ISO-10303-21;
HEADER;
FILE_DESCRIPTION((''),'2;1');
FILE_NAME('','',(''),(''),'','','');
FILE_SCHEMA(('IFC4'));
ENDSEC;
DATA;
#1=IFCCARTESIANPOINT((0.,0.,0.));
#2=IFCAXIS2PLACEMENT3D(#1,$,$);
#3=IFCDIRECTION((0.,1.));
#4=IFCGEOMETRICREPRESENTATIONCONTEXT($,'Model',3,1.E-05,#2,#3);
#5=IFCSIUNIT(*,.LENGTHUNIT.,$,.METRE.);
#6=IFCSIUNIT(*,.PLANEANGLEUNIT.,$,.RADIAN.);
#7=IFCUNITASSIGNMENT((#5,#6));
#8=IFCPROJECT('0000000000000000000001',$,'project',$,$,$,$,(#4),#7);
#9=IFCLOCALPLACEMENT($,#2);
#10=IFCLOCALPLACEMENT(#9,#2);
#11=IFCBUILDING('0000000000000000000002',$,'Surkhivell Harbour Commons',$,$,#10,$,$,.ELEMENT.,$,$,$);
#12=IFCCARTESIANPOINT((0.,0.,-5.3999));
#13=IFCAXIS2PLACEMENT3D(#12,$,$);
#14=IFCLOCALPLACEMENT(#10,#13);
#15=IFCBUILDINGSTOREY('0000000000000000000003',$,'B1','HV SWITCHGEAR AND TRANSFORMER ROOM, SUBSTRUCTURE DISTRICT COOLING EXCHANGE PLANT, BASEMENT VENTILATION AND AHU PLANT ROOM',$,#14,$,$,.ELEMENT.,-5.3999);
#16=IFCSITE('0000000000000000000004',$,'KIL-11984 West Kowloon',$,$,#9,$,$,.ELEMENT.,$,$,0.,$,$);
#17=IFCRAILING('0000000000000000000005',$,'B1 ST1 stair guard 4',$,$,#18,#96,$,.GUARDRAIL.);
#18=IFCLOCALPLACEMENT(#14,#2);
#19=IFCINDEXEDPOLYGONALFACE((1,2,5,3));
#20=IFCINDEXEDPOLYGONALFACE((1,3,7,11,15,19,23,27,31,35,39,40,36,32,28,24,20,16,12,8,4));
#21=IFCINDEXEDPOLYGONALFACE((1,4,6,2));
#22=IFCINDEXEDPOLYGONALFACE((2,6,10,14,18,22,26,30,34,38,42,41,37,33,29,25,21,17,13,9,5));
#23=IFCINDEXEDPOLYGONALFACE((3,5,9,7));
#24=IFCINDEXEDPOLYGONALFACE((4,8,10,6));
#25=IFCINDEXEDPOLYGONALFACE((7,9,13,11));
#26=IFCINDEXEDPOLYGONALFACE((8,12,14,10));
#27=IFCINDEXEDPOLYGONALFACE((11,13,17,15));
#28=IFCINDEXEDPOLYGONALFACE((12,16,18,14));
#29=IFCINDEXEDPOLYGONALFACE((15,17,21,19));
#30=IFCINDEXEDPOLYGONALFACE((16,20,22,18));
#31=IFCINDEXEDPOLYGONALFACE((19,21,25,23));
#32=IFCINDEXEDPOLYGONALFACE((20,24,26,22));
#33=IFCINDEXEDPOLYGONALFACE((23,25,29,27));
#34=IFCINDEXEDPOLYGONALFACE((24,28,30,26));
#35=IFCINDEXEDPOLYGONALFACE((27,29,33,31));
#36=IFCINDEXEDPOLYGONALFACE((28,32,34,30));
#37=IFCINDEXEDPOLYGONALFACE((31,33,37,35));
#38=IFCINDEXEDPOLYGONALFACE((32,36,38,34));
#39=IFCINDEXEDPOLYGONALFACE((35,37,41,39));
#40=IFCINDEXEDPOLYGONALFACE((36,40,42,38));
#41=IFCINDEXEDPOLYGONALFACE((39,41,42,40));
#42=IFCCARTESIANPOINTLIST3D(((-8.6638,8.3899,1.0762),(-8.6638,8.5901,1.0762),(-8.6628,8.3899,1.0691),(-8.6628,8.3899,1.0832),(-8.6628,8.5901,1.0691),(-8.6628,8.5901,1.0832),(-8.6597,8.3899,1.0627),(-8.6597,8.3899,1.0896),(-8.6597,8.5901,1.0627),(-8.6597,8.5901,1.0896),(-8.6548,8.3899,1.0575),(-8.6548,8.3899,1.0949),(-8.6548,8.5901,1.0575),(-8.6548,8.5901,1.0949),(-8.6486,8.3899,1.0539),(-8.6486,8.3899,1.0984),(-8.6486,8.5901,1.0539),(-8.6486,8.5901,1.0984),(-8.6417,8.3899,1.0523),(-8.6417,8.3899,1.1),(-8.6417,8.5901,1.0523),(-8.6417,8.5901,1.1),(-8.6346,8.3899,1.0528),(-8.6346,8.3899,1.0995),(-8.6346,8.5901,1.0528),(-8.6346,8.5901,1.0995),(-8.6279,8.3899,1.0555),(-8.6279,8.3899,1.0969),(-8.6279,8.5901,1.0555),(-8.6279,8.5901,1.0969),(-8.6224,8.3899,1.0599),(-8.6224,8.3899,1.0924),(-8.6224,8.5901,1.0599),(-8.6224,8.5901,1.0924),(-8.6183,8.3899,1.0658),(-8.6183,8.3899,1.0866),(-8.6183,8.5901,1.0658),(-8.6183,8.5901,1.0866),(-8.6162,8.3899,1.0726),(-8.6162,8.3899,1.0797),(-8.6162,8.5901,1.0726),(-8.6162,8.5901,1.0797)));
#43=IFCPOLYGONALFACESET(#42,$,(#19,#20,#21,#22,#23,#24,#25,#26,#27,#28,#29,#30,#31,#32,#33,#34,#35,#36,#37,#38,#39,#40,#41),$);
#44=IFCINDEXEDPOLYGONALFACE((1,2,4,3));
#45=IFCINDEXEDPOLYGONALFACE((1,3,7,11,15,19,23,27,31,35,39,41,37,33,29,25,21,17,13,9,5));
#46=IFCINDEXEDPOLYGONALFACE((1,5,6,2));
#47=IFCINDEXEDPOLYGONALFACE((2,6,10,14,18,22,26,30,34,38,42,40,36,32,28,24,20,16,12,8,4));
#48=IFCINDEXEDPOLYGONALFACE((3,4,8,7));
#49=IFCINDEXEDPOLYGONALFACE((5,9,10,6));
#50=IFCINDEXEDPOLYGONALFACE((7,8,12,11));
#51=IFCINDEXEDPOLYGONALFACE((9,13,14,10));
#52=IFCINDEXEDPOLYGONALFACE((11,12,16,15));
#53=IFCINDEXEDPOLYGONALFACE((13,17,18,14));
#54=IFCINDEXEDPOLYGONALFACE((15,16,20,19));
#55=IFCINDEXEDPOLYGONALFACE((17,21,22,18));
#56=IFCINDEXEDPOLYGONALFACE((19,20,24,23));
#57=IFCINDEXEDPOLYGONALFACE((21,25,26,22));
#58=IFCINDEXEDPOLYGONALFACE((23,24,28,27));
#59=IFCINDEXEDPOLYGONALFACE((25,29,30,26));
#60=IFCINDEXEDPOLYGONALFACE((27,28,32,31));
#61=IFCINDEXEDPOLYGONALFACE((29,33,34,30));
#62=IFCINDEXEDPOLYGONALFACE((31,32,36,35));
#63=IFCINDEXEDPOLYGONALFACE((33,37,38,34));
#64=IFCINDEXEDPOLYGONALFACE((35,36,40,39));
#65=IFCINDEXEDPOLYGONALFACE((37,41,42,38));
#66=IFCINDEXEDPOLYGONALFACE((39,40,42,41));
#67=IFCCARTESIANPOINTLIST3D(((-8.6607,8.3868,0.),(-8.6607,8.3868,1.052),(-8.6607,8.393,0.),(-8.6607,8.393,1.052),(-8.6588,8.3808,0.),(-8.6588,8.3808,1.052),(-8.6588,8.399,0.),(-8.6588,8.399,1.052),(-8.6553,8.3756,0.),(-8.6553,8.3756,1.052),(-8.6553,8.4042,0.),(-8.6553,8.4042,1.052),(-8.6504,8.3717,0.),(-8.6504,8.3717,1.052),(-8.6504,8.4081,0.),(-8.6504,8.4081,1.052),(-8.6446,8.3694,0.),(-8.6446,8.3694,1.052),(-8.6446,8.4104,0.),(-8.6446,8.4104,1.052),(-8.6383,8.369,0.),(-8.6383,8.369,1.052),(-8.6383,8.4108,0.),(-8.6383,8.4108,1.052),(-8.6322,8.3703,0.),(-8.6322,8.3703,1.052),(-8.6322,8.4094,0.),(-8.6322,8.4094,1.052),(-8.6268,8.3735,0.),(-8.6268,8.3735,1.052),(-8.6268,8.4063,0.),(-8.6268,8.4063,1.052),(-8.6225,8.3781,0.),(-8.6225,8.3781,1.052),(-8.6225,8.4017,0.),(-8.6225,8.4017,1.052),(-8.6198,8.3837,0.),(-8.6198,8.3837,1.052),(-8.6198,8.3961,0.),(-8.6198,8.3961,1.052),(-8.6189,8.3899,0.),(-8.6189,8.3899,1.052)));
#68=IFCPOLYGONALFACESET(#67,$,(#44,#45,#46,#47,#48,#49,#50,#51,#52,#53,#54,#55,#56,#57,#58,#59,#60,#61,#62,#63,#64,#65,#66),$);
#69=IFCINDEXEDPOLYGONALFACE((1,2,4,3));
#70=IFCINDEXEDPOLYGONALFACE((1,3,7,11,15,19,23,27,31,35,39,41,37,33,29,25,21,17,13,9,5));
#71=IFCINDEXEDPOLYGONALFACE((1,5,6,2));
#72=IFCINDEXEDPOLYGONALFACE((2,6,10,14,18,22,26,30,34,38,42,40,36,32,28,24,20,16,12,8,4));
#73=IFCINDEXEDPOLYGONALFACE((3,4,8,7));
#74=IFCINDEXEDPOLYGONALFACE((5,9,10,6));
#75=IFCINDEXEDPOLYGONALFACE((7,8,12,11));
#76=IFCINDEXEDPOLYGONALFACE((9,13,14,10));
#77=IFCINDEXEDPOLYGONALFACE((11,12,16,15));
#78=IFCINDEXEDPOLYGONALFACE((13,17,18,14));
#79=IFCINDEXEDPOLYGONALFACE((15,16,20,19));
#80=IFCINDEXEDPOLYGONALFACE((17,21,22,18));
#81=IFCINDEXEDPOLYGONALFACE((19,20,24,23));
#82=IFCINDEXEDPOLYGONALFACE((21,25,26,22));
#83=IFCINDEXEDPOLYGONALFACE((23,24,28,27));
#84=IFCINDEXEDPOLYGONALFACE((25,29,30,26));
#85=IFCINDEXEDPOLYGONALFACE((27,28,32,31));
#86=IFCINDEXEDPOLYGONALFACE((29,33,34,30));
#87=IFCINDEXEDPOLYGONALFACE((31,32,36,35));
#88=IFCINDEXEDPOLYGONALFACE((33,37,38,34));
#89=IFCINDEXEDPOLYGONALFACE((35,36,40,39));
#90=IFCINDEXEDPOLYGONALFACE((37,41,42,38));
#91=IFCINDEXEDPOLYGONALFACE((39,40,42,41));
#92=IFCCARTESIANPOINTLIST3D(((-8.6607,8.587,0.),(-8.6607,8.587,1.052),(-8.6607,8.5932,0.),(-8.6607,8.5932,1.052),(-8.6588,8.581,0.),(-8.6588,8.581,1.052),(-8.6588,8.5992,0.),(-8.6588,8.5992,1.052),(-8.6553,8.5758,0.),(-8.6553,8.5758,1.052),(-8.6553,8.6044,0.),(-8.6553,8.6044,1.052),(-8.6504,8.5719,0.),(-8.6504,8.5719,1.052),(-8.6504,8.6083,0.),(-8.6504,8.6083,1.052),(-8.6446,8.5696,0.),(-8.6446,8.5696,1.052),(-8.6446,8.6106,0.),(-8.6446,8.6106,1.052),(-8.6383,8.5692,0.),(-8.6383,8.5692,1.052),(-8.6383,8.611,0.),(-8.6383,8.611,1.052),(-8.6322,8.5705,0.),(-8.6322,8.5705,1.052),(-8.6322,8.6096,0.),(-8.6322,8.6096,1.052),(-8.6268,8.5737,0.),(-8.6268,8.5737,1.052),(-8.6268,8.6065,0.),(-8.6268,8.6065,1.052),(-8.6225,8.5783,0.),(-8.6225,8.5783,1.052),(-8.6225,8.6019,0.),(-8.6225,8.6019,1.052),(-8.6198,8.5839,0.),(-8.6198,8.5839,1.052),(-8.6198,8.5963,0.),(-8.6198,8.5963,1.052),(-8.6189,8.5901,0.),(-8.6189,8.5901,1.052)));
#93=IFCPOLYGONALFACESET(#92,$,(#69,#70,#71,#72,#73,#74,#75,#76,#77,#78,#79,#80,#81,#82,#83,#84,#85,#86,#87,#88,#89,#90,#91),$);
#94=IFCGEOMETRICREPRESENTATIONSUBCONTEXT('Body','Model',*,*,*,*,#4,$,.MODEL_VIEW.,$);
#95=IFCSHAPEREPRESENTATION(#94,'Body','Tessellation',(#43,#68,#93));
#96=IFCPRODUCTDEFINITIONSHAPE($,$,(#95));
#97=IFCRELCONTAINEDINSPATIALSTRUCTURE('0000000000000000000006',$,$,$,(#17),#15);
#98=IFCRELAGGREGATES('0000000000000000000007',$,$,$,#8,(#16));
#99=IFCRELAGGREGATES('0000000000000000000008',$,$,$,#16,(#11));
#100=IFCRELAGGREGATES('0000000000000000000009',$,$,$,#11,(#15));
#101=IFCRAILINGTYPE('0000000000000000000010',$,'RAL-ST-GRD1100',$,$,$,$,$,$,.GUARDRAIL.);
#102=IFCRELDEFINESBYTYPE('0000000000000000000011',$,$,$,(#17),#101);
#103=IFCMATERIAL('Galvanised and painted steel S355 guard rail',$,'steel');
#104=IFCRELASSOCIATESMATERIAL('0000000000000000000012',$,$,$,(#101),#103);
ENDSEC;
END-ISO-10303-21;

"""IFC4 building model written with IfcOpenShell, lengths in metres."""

from ifc_helpers import new_model, si_unit, direction, frame, origin, origin_2d, place, context, subcontext, project, spatial, circle, extrude, material, type_object, element, save


model = new_model("IFC4")

# Units and contexts
model_context = context("Model", 3, precision=1e-05, world=origin(), true_north=direction((0.0, 1.0)))
body_context = subcontext(model_context, "Body", "Model", "MODEL_VIEW")
ifc_project = project(units=[si_unit("LENGTHUNIT", "METRE"), si_unit("PLANEANGLEUNIT", "RADIAN")], contexts=[model_context])

# Site, building, storey
site_placement = place(None, origin())
site = spatial("IfcSite", under=ifc_project, at=site_placement, Name="KIL-11984 West Kowloon", CompositionType="ELEMENT", RefElevation=0.0)
building_placement = place(site_placement, origin())
building = spatial("IfcBuilding", under=site, at=building_placement, Name="Surkhivell Harbour Commons", CompositionType="ELEMENT")
storey_placement = place(building_placement, frame((0.0, 0.0, -5.3999)))
storey = spatial("IfcBuildingStorey", under=building, at=storey_placement, Name="B1", Description="HV SWITCHGEAR AND TRANSFORMER ROOM, SUBSTRUCTURE DISTRICT COOLING EXCHANGE PLANT, BASEMENT VENTILATION AND AHU PLANT ROOM", CompositionType="ELEMENT", Elevation=-5.3999)

# Railing
ifc_material_1 = material(Name="Galvanised and painted steel S355 guard rail", Category="steel")
railing_type_1 = type_object("IfcRailingType", Name="RAL-ST-GRD1100", PredefinedType="GUARDRAIL", material=ifc_material_1)
railing_1_placement = place(storey_placement, frame((-8.6399, 8.3899, 0.0)))
element("IfcRailing", 1, at=railing_1_placement, inside=storey, type_object=railing_type_1, Name="B1 ST1 stair guard 4", PredefinedType="GUARDRAIL", context=body_context, shape_type="SweptSolid", body=[
    extrude(circle(Radius=0.0239, at=origin_2d()), frame((0.0, 0.0, 1.0762), z_axis=(0.0, 1.0, 0.0), x_axis=(-1.0, 0.0, 0.0)), (0.0, 0.0, 1.0), 0.2002),
    extrude(circle(Radius=0.021, at=origin_2d()), origin(), (0.0, 0.0, 1.0), 1.052),
    extrude(circle(Radius=0.021, at=origin_2d()), frame((0.0, 0.2002, 0.0)), (0.0, 0.0, 1.0), 1.052),
])

save(model, "model.ifc")
